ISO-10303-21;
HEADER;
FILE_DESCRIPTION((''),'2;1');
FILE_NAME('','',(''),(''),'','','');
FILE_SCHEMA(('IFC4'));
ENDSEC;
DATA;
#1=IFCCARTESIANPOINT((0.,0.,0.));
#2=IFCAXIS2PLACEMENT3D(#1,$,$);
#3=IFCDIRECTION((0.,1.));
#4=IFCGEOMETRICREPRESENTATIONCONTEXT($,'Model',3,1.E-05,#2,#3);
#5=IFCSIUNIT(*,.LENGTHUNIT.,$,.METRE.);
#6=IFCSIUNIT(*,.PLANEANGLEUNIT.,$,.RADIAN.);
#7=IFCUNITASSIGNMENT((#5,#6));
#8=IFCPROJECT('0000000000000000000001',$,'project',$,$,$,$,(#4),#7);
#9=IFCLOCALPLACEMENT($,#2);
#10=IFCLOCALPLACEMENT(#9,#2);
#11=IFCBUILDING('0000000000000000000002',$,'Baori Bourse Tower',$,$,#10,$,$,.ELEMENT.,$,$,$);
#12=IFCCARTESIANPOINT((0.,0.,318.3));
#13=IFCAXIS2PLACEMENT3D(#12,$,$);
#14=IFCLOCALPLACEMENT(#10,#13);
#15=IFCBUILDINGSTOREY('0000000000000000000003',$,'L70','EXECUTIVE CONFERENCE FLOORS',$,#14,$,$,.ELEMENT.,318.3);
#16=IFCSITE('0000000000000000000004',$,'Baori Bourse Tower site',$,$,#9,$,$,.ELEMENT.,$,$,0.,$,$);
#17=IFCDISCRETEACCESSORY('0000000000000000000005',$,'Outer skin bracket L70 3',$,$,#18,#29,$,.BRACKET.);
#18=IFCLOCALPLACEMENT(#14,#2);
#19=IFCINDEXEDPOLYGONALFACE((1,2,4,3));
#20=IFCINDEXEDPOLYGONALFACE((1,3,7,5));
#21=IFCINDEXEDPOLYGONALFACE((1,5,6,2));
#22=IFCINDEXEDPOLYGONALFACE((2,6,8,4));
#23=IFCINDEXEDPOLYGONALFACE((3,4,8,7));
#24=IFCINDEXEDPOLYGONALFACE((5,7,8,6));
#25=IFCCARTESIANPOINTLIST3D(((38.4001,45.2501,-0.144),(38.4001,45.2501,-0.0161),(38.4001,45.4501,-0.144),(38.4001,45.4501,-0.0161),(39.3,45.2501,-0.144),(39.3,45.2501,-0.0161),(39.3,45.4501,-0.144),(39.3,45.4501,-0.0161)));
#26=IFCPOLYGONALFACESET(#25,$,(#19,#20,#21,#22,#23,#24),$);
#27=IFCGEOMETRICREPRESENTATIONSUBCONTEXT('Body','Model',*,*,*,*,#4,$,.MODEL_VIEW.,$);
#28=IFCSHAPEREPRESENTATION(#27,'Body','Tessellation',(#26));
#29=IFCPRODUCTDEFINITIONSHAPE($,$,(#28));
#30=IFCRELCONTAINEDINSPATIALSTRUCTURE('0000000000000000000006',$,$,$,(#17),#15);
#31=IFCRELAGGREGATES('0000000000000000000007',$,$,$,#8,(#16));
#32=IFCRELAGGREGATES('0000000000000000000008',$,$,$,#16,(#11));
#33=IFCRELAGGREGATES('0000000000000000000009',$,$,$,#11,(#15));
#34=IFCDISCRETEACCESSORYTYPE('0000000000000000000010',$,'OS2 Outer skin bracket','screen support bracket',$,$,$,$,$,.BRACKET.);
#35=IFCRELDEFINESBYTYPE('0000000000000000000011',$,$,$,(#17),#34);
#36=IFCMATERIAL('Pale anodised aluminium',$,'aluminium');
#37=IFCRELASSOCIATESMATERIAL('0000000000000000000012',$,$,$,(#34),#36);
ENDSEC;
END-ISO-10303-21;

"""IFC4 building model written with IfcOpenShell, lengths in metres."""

from ifc_helpers import new_model, si_unit, direction, frame, origin, origin_2d, place, context, subcontext, project, spatial, rectangle, extrude, material, type_object, element, save


model = new_model("IFC4")

# Units and contexts
model_context = context("Model", 3, precision=1e-05, world=origin(), true_north=direction((0.0, 1.0)))
body_context = subcontext(model_context, "Body", "Model", "MODEL_VIEW")
ifc_project = project(units=[si_unit("LENGTHUNIT", "METRE"), si_unit("PLANEANGLEUNIT", "RADIAN")], contexts=[model_context])

# Site, building, storey
site_placement = place(None, origin())
site = spatial("IfcSite", under=ifc_project, at=site_placement, Name="Baori Bourse Tower site", CompositionType="ELEMENT", RefElevation=0.0)
building_placement = place(site_placement, origin())
building = spatial("IfcBuilding", under=site, at=building_placement, Name="Baori Bourse Tower", CompositionType="ELEMENT")
storey_placement = place(building_placement, frame((0.0, 0.0, 318.3)))
storey = spatial("IfcBuildingStorey", under=building, at=storey_placement, Name="L70", Description="EXECUTIVE CONFERENCE FLOORS", CompositionType="ELEMENT", Elevation=318.3)

# Discrete accessory
ifc_material_1 = material(Name="Pale anodised aluminium", Category="aluminium")
discrete_accessory_type = type_object("IfcDiscreteAccessoryType", Name="OS2 Outer skin bracket", Description="screen support bracket", PredefinedType="BRACKET", material=ifc_material_1)
for number, where, z_axis, x_axis, name in (
    (1, (38.8501, 45.3501, -0.144), (0.0, 0.0, 1.0), (0.0, 1.0, 0.0), "Outer skin bracket L70 3"),
):
    element("IfcDiscreteAccessory", number, at=place(storey_placement, frame(where, z_axis=z_axis, x_axis=x_axis)), inside=storey, type_object=discrete_accessory_type, Name=name, PredefinedType="BRACKET", context=body_context, shape_type="SweptSolid", body=[
        extrude(rectangle(XDim=0.2, YDim=0.8999, at=origin_2d()), origin(), (0.0, 0.0, 1.0), 0.1279),
    ])

save(model, "model.ifc")
